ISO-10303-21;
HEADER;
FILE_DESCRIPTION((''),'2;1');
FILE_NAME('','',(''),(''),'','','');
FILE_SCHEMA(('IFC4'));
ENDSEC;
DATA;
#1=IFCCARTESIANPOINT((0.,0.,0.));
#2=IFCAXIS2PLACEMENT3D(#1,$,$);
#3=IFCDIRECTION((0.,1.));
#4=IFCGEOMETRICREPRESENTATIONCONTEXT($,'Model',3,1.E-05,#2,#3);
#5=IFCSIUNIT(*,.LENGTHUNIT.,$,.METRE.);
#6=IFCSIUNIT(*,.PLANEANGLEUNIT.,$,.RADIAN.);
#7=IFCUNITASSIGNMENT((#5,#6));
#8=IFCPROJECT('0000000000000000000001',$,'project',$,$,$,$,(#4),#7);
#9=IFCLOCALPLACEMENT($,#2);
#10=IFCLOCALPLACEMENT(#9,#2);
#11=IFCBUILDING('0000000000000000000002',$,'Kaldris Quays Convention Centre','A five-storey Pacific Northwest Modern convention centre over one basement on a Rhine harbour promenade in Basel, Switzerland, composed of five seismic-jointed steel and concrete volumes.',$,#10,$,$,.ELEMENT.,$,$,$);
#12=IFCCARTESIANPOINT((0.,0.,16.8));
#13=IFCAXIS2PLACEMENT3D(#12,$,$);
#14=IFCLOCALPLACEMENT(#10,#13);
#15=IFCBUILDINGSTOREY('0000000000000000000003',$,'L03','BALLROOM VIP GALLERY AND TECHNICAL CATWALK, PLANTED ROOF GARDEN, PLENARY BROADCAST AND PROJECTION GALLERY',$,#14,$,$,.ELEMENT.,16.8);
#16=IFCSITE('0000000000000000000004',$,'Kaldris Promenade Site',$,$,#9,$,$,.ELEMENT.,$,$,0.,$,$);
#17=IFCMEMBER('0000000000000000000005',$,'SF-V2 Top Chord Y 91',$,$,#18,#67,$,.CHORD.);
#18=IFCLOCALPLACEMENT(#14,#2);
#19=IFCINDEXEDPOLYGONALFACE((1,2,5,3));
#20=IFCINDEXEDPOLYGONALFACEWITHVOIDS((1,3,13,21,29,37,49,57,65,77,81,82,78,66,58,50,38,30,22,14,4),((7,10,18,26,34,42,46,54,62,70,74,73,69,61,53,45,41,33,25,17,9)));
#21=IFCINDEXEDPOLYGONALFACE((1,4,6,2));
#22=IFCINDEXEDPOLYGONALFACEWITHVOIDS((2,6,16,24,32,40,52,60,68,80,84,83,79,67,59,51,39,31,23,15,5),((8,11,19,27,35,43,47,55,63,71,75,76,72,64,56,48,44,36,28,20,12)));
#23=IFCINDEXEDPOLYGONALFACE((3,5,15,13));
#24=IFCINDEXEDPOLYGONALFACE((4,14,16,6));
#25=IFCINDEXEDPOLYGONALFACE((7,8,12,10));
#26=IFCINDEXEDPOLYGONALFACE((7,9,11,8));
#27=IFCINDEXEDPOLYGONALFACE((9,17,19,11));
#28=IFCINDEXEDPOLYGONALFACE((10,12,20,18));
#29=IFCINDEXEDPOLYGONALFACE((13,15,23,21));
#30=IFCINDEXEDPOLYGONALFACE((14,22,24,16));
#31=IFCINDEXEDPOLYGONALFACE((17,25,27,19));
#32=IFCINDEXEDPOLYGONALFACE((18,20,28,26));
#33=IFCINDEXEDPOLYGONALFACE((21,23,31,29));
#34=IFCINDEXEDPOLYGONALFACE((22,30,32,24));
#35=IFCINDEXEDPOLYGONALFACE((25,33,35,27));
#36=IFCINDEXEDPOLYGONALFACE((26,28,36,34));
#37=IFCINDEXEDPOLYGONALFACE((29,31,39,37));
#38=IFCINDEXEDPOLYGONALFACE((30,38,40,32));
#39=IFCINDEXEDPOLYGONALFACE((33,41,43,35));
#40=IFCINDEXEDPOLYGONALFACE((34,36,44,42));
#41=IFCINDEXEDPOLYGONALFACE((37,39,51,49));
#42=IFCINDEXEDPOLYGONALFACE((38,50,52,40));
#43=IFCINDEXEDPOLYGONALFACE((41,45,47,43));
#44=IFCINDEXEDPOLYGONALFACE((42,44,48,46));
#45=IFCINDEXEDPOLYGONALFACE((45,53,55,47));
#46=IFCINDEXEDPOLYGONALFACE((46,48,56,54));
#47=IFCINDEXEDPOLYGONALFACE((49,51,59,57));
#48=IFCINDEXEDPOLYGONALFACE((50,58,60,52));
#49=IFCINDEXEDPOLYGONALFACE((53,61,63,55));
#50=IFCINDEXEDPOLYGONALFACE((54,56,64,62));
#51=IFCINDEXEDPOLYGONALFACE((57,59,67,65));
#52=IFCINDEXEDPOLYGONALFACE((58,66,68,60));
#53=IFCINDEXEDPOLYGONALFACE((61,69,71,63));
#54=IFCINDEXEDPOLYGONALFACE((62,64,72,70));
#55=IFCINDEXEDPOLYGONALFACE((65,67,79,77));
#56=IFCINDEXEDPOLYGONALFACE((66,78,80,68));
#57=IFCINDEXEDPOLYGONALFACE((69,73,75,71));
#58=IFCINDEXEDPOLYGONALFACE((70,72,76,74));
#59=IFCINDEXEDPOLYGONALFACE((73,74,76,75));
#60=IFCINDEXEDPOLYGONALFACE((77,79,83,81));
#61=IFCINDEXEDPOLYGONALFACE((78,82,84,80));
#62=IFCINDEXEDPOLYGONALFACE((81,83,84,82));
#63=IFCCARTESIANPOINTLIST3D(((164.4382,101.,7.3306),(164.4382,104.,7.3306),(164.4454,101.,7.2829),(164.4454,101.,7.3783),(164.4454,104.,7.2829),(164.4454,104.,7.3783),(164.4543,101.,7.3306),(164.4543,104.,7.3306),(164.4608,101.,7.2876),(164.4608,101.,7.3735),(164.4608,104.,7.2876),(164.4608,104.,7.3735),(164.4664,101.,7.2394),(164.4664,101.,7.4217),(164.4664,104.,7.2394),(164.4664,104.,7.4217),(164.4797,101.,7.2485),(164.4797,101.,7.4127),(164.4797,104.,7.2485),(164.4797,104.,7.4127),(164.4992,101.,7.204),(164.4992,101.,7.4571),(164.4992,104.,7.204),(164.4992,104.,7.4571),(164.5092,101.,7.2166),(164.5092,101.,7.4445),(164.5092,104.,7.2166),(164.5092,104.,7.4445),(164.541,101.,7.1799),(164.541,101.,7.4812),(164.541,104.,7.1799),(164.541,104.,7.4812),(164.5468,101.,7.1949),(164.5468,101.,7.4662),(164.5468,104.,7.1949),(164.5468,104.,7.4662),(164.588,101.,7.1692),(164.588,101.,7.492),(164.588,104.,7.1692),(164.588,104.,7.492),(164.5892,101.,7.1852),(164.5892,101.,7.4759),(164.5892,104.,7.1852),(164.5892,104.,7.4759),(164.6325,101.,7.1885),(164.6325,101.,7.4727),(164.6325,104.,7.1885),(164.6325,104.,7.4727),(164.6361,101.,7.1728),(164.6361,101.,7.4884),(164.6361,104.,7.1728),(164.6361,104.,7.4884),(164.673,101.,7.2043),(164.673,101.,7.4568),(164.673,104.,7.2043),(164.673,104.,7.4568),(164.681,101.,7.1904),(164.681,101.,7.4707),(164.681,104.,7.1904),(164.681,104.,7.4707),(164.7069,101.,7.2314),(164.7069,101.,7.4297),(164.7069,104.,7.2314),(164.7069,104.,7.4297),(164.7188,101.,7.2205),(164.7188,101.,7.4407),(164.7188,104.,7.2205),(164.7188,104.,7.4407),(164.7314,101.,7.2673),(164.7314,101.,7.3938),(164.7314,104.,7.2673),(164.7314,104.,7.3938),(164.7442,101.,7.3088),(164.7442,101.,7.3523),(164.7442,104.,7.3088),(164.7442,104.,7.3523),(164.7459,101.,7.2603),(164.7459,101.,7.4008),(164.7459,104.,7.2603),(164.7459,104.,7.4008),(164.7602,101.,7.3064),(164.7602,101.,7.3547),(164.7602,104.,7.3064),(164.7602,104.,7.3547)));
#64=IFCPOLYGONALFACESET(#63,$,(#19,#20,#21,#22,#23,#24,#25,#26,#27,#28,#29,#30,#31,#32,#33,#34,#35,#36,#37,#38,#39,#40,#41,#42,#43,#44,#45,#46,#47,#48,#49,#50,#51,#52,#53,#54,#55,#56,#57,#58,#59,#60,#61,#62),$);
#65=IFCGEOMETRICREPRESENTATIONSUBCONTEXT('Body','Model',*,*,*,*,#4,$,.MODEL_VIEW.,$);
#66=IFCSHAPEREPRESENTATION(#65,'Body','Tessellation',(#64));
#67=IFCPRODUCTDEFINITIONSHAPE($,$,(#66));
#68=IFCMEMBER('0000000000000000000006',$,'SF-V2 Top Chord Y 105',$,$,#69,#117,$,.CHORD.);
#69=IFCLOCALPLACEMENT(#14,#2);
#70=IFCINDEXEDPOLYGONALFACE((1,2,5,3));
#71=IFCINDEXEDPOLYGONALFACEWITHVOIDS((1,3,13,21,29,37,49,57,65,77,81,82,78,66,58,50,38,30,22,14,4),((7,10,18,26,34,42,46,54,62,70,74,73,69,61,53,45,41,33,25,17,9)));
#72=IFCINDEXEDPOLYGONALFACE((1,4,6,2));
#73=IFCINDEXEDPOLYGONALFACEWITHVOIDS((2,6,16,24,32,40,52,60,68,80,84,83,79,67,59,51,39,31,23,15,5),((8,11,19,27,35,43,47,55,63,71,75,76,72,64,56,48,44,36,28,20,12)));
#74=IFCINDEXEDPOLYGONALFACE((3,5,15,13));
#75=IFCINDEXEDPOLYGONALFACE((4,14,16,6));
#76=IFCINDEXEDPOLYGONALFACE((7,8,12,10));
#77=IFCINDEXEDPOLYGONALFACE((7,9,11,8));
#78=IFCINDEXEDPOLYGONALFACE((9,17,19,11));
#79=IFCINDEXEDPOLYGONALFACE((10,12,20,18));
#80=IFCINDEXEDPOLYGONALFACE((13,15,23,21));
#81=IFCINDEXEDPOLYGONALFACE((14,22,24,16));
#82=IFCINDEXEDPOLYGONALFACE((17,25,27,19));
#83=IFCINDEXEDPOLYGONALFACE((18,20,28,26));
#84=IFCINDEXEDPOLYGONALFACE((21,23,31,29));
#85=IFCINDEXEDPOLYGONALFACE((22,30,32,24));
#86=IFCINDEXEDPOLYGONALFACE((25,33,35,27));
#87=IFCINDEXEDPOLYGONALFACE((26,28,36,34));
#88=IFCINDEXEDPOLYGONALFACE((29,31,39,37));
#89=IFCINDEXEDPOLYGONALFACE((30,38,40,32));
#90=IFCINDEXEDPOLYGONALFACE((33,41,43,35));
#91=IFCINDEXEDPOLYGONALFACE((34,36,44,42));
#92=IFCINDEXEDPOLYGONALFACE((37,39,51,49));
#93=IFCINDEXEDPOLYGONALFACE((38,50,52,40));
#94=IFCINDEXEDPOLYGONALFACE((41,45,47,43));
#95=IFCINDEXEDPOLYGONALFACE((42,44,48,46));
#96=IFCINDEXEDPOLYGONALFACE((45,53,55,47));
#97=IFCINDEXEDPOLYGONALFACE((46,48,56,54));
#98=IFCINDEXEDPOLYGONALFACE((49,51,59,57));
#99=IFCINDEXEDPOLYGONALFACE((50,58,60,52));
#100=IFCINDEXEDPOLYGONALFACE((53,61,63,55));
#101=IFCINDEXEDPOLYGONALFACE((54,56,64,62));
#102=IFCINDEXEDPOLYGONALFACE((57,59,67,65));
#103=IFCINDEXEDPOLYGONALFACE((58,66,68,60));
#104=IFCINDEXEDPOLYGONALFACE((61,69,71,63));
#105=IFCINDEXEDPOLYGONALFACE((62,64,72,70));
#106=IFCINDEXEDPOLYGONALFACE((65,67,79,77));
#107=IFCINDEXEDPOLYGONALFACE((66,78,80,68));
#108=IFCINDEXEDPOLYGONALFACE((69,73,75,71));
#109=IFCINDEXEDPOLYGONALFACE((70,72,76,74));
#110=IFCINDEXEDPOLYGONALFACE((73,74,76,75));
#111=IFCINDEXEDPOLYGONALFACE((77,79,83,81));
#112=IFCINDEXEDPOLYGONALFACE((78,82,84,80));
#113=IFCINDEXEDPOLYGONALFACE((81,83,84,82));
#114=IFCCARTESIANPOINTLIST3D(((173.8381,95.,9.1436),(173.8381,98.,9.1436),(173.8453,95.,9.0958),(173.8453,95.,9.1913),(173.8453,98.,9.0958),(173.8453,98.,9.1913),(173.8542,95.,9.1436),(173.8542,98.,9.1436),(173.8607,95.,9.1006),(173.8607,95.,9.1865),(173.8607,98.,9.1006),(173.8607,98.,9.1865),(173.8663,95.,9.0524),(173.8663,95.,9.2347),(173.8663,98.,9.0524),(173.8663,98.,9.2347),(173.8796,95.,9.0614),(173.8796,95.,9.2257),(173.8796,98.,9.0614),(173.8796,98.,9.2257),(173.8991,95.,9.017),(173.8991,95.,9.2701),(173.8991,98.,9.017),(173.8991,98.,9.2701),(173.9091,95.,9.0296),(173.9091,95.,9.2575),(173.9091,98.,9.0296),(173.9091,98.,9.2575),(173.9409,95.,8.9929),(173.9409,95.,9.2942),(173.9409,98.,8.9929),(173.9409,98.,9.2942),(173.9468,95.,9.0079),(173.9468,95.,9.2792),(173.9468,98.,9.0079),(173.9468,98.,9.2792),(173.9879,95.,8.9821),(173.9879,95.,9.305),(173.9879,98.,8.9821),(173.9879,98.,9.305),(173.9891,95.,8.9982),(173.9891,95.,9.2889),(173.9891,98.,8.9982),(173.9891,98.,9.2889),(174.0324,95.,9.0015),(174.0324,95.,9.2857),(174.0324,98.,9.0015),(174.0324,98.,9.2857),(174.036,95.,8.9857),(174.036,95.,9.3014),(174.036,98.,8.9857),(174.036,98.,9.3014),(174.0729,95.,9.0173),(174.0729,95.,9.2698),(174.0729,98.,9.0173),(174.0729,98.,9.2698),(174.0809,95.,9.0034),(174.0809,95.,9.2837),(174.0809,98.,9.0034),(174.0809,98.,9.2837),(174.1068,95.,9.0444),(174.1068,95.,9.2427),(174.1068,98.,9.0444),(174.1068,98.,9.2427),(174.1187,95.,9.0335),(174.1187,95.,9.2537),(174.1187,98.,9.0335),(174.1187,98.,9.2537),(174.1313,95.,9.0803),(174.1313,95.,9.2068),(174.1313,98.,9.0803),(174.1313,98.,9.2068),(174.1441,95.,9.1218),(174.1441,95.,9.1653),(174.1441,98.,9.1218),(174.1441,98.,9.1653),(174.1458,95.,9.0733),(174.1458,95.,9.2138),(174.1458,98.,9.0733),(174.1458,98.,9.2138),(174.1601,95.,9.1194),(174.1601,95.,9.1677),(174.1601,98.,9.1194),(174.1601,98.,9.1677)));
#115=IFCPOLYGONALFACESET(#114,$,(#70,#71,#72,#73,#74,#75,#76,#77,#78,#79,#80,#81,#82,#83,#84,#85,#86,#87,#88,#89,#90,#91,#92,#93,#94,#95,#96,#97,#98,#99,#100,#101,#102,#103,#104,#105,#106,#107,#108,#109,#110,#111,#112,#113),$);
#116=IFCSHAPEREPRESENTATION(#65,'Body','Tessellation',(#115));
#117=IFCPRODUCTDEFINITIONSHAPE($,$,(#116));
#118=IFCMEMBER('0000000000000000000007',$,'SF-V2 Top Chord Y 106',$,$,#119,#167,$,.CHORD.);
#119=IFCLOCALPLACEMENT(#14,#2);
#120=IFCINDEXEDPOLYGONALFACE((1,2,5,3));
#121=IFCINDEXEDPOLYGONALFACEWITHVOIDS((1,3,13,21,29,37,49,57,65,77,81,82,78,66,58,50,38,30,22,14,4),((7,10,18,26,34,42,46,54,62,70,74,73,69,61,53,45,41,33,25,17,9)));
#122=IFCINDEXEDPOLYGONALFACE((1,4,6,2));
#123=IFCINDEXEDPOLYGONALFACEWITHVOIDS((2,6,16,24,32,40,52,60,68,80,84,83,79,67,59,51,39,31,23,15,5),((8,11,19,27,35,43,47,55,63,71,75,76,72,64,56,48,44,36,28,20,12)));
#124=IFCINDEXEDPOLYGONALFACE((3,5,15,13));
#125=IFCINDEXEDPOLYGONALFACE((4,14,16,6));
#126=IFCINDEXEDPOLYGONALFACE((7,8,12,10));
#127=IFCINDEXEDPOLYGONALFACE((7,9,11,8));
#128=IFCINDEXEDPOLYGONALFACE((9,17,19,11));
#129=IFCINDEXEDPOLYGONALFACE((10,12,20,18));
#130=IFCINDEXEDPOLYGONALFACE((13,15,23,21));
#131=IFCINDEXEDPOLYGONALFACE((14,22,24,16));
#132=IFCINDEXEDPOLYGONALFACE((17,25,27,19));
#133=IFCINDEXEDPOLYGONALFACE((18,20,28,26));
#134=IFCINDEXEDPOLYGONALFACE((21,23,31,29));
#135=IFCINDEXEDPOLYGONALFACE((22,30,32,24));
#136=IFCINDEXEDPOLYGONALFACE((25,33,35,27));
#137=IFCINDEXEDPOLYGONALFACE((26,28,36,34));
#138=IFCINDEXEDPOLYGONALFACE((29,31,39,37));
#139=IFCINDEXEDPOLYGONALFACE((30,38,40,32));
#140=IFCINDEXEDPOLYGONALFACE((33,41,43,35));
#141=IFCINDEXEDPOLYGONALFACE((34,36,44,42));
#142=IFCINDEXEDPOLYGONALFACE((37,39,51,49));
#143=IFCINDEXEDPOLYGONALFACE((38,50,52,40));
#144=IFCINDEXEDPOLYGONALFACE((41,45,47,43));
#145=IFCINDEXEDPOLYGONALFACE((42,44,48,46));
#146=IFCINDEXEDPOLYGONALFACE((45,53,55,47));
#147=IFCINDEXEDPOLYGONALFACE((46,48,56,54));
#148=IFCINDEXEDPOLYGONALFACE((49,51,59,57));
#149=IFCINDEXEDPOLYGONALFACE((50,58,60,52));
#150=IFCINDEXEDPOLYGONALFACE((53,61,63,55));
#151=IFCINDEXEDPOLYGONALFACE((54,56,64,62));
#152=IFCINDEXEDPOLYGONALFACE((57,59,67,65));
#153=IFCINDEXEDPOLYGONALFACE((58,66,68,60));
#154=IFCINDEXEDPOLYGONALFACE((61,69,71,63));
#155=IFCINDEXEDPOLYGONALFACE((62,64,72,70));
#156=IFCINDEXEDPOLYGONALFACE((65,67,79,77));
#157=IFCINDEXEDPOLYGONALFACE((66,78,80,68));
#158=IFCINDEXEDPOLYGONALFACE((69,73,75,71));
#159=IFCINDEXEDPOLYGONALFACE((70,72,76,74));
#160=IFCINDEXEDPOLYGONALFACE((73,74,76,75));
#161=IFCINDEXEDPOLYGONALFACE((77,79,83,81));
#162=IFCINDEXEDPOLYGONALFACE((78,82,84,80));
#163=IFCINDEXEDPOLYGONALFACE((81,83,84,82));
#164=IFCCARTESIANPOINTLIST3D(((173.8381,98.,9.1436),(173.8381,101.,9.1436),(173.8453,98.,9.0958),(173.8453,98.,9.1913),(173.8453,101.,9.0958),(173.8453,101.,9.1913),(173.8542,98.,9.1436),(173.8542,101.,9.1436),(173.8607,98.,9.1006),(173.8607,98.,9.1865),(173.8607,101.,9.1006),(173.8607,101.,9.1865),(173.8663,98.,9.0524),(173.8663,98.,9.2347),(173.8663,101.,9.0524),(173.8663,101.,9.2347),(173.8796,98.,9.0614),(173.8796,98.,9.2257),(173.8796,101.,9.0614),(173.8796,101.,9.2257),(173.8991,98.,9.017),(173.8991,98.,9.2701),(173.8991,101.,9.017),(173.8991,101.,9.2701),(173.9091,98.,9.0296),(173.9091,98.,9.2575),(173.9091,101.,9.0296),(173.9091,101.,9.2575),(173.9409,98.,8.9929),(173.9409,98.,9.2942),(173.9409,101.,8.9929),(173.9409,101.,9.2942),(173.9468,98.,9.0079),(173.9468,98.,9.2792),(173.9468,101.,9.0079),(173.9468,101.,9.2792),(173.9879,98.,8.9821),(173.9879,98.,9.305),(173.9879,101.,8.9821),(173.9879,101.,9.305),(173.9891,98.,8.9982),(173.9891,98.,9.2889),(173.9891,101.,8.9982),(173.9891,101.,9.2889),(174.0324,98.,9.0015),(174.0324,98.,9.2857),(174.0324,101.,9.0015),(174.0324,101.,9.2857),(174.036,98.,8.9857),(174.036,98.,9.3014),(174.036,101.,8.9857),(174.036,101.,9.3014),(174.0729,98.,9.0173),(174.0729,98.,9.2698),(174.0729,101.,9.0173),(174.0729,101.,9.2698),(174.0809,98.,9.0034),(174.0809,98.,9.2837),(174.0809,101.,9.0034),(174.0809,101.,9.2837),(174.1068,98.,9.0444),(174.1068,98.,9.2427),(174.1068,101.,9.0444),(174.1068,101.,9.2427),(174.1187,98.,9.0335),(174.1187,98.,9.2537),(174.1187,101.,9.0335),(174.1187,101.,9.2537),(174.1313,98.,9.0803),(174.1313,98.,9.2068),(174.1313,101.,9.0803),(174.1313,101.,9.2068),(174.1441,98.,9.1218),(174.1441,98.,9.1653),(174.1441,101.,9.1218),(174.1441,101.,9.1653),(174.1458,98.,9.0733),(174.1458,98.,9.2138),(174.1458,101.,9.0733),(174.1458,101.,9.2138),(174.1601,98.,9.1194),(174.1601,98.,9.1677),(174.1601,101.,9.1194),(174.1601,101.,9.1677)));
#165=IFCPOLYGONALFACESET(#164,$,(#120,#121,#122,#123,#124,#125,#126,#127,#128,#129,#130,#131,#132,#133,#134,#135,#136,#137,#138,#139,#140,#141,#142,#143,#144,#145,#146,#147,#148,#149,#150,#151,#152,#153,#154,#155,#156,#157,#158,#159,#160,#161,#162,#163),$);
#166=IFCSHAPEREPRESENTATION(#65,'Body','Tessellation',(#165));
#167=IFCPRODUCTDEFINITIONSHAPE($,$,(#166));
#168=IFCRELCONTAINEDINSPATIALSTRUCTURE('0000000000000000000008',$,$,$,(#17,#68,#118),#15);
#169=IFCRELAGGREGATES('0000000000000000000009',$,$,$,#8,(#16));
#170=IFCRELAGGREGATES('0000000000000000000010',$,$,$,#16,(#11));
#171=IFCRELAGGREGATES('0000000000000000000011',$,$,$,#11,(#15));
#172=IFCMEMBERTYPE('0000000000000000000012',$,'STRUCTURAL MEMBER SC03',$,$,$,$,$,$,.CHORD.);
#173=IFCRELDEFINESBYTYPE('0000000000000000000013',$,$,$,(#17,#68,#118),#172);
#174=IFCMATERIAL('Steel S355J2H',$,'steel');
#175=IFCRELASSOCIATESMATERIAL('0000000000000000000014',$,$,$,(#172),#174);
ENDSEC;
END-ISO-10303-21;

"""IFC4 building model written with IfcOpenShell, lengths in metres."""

from ifc_helpers import new_model, si_unit, direction, frame, origin, origin_2d, place, context, subcontext, project, spatial, hollow_circle, extrude, material, material_profile, profile_set, type_object, element, save


model = new_model("IFC4")

# Units and contexts
model_context = context("Model", 3, precision=1e-05, world=origin(), true_north=direction((0.0, 1.0)))
body_context = subcontext(model_context, "Body", "Model", "MODEL_VIEW")
ifc_project = project(units=[si_unit("LENGTHUNIT", "METRE"), si_unit("PLANEANGLEUNIT", "RADIAN")], contexts=[model_context])

# Site, building, storey
site_placement = place(None, origin())
site = spatial("IfcSite", under=ifc_project, at=site_placement, Name="Kaldris Promenade Site", CompositionType="ELEMENT", RefElevation=0.0)
building_placement = place(site_placement, origin())
building = spatial("IfcBuilding", under=site, at=building_placement, Name="Kaldris Quays Convention Centre", Description="A five-storey Pacific Northwest Modern convention centre over one basement on a Rhine harbour promenade in Basel, Switzerland, composed of five seismic-jointed steel and concrete volumes.", CompositionType="ELEMENT")
storey_placement = place(building_placement, frame((0.0, 0.0, 16.8)))
storey = spatial("IfcBuildingStorey", under=building, at=storey_placement, Name="L03", Description="BALLROOM VIP GALLERY AND TECHNICAL CATWALK, PLANTED ROOF GARDEN, PLENARY BROADCAST AND PROJECTION GALLERY", CompositionType="ELEMENT", Elevation=16.8)

# Members
ifc_material_1 = material(Name="Steel S355J2H", Category="steel")
ifc_material_profile_1 = material_profile(ifc_material_1, hollow_circle(Radius=0.1619, WallThickness=0.0161, at=origin_2d()), Name="CHS 323.9x16")
ifc_profile_set_1 = profile_set([ifc_material_profile_1], Name="Steel S355J2H")
member_type_1 = type_object("IfcMemberType", Name="STRUCTURAL MEMBER SC03", PredefinedType="CHORD", material=ifc_profile_set_1)
for number, where, z_axis, x_axis, name in (
    (1, (164.6001, 101.0, 7.3306), (0.0, 1.0, 0.0), (-1.0, 0.0, 0.0), "SF-V2 Top Chord Y 91"),
    (2, (174.0, 95.0, 9.1436), (0.0, 1.0, 0.0), (-1.0, 0.0, 0.0), "SF-V2 Top Chord Y 105"),
    (3, (174.0, 98.0, 9.1436), (0.0, 1.0, 0.0), (-1.0, 0.0, 0.0), "SF-V2 Top Chord Y 106"),
):
    element("IfcMember", number, at=place(storey_placement, frame(where, z_axis=z_axis, x_axis=x_axis)), inside=storey, type_object=member_type_1, Name=name, PredefinedType="CHORD", context=body_context, shape_type="SweptSolid", body=[
        extrude(hollow_circle(Radius=0.1619, WallThickness=0.0161, at=origin_2d()), origin(), (0.0, 0.0, 1.0), 3.0),
    ])

save(model, "model.ifc")
